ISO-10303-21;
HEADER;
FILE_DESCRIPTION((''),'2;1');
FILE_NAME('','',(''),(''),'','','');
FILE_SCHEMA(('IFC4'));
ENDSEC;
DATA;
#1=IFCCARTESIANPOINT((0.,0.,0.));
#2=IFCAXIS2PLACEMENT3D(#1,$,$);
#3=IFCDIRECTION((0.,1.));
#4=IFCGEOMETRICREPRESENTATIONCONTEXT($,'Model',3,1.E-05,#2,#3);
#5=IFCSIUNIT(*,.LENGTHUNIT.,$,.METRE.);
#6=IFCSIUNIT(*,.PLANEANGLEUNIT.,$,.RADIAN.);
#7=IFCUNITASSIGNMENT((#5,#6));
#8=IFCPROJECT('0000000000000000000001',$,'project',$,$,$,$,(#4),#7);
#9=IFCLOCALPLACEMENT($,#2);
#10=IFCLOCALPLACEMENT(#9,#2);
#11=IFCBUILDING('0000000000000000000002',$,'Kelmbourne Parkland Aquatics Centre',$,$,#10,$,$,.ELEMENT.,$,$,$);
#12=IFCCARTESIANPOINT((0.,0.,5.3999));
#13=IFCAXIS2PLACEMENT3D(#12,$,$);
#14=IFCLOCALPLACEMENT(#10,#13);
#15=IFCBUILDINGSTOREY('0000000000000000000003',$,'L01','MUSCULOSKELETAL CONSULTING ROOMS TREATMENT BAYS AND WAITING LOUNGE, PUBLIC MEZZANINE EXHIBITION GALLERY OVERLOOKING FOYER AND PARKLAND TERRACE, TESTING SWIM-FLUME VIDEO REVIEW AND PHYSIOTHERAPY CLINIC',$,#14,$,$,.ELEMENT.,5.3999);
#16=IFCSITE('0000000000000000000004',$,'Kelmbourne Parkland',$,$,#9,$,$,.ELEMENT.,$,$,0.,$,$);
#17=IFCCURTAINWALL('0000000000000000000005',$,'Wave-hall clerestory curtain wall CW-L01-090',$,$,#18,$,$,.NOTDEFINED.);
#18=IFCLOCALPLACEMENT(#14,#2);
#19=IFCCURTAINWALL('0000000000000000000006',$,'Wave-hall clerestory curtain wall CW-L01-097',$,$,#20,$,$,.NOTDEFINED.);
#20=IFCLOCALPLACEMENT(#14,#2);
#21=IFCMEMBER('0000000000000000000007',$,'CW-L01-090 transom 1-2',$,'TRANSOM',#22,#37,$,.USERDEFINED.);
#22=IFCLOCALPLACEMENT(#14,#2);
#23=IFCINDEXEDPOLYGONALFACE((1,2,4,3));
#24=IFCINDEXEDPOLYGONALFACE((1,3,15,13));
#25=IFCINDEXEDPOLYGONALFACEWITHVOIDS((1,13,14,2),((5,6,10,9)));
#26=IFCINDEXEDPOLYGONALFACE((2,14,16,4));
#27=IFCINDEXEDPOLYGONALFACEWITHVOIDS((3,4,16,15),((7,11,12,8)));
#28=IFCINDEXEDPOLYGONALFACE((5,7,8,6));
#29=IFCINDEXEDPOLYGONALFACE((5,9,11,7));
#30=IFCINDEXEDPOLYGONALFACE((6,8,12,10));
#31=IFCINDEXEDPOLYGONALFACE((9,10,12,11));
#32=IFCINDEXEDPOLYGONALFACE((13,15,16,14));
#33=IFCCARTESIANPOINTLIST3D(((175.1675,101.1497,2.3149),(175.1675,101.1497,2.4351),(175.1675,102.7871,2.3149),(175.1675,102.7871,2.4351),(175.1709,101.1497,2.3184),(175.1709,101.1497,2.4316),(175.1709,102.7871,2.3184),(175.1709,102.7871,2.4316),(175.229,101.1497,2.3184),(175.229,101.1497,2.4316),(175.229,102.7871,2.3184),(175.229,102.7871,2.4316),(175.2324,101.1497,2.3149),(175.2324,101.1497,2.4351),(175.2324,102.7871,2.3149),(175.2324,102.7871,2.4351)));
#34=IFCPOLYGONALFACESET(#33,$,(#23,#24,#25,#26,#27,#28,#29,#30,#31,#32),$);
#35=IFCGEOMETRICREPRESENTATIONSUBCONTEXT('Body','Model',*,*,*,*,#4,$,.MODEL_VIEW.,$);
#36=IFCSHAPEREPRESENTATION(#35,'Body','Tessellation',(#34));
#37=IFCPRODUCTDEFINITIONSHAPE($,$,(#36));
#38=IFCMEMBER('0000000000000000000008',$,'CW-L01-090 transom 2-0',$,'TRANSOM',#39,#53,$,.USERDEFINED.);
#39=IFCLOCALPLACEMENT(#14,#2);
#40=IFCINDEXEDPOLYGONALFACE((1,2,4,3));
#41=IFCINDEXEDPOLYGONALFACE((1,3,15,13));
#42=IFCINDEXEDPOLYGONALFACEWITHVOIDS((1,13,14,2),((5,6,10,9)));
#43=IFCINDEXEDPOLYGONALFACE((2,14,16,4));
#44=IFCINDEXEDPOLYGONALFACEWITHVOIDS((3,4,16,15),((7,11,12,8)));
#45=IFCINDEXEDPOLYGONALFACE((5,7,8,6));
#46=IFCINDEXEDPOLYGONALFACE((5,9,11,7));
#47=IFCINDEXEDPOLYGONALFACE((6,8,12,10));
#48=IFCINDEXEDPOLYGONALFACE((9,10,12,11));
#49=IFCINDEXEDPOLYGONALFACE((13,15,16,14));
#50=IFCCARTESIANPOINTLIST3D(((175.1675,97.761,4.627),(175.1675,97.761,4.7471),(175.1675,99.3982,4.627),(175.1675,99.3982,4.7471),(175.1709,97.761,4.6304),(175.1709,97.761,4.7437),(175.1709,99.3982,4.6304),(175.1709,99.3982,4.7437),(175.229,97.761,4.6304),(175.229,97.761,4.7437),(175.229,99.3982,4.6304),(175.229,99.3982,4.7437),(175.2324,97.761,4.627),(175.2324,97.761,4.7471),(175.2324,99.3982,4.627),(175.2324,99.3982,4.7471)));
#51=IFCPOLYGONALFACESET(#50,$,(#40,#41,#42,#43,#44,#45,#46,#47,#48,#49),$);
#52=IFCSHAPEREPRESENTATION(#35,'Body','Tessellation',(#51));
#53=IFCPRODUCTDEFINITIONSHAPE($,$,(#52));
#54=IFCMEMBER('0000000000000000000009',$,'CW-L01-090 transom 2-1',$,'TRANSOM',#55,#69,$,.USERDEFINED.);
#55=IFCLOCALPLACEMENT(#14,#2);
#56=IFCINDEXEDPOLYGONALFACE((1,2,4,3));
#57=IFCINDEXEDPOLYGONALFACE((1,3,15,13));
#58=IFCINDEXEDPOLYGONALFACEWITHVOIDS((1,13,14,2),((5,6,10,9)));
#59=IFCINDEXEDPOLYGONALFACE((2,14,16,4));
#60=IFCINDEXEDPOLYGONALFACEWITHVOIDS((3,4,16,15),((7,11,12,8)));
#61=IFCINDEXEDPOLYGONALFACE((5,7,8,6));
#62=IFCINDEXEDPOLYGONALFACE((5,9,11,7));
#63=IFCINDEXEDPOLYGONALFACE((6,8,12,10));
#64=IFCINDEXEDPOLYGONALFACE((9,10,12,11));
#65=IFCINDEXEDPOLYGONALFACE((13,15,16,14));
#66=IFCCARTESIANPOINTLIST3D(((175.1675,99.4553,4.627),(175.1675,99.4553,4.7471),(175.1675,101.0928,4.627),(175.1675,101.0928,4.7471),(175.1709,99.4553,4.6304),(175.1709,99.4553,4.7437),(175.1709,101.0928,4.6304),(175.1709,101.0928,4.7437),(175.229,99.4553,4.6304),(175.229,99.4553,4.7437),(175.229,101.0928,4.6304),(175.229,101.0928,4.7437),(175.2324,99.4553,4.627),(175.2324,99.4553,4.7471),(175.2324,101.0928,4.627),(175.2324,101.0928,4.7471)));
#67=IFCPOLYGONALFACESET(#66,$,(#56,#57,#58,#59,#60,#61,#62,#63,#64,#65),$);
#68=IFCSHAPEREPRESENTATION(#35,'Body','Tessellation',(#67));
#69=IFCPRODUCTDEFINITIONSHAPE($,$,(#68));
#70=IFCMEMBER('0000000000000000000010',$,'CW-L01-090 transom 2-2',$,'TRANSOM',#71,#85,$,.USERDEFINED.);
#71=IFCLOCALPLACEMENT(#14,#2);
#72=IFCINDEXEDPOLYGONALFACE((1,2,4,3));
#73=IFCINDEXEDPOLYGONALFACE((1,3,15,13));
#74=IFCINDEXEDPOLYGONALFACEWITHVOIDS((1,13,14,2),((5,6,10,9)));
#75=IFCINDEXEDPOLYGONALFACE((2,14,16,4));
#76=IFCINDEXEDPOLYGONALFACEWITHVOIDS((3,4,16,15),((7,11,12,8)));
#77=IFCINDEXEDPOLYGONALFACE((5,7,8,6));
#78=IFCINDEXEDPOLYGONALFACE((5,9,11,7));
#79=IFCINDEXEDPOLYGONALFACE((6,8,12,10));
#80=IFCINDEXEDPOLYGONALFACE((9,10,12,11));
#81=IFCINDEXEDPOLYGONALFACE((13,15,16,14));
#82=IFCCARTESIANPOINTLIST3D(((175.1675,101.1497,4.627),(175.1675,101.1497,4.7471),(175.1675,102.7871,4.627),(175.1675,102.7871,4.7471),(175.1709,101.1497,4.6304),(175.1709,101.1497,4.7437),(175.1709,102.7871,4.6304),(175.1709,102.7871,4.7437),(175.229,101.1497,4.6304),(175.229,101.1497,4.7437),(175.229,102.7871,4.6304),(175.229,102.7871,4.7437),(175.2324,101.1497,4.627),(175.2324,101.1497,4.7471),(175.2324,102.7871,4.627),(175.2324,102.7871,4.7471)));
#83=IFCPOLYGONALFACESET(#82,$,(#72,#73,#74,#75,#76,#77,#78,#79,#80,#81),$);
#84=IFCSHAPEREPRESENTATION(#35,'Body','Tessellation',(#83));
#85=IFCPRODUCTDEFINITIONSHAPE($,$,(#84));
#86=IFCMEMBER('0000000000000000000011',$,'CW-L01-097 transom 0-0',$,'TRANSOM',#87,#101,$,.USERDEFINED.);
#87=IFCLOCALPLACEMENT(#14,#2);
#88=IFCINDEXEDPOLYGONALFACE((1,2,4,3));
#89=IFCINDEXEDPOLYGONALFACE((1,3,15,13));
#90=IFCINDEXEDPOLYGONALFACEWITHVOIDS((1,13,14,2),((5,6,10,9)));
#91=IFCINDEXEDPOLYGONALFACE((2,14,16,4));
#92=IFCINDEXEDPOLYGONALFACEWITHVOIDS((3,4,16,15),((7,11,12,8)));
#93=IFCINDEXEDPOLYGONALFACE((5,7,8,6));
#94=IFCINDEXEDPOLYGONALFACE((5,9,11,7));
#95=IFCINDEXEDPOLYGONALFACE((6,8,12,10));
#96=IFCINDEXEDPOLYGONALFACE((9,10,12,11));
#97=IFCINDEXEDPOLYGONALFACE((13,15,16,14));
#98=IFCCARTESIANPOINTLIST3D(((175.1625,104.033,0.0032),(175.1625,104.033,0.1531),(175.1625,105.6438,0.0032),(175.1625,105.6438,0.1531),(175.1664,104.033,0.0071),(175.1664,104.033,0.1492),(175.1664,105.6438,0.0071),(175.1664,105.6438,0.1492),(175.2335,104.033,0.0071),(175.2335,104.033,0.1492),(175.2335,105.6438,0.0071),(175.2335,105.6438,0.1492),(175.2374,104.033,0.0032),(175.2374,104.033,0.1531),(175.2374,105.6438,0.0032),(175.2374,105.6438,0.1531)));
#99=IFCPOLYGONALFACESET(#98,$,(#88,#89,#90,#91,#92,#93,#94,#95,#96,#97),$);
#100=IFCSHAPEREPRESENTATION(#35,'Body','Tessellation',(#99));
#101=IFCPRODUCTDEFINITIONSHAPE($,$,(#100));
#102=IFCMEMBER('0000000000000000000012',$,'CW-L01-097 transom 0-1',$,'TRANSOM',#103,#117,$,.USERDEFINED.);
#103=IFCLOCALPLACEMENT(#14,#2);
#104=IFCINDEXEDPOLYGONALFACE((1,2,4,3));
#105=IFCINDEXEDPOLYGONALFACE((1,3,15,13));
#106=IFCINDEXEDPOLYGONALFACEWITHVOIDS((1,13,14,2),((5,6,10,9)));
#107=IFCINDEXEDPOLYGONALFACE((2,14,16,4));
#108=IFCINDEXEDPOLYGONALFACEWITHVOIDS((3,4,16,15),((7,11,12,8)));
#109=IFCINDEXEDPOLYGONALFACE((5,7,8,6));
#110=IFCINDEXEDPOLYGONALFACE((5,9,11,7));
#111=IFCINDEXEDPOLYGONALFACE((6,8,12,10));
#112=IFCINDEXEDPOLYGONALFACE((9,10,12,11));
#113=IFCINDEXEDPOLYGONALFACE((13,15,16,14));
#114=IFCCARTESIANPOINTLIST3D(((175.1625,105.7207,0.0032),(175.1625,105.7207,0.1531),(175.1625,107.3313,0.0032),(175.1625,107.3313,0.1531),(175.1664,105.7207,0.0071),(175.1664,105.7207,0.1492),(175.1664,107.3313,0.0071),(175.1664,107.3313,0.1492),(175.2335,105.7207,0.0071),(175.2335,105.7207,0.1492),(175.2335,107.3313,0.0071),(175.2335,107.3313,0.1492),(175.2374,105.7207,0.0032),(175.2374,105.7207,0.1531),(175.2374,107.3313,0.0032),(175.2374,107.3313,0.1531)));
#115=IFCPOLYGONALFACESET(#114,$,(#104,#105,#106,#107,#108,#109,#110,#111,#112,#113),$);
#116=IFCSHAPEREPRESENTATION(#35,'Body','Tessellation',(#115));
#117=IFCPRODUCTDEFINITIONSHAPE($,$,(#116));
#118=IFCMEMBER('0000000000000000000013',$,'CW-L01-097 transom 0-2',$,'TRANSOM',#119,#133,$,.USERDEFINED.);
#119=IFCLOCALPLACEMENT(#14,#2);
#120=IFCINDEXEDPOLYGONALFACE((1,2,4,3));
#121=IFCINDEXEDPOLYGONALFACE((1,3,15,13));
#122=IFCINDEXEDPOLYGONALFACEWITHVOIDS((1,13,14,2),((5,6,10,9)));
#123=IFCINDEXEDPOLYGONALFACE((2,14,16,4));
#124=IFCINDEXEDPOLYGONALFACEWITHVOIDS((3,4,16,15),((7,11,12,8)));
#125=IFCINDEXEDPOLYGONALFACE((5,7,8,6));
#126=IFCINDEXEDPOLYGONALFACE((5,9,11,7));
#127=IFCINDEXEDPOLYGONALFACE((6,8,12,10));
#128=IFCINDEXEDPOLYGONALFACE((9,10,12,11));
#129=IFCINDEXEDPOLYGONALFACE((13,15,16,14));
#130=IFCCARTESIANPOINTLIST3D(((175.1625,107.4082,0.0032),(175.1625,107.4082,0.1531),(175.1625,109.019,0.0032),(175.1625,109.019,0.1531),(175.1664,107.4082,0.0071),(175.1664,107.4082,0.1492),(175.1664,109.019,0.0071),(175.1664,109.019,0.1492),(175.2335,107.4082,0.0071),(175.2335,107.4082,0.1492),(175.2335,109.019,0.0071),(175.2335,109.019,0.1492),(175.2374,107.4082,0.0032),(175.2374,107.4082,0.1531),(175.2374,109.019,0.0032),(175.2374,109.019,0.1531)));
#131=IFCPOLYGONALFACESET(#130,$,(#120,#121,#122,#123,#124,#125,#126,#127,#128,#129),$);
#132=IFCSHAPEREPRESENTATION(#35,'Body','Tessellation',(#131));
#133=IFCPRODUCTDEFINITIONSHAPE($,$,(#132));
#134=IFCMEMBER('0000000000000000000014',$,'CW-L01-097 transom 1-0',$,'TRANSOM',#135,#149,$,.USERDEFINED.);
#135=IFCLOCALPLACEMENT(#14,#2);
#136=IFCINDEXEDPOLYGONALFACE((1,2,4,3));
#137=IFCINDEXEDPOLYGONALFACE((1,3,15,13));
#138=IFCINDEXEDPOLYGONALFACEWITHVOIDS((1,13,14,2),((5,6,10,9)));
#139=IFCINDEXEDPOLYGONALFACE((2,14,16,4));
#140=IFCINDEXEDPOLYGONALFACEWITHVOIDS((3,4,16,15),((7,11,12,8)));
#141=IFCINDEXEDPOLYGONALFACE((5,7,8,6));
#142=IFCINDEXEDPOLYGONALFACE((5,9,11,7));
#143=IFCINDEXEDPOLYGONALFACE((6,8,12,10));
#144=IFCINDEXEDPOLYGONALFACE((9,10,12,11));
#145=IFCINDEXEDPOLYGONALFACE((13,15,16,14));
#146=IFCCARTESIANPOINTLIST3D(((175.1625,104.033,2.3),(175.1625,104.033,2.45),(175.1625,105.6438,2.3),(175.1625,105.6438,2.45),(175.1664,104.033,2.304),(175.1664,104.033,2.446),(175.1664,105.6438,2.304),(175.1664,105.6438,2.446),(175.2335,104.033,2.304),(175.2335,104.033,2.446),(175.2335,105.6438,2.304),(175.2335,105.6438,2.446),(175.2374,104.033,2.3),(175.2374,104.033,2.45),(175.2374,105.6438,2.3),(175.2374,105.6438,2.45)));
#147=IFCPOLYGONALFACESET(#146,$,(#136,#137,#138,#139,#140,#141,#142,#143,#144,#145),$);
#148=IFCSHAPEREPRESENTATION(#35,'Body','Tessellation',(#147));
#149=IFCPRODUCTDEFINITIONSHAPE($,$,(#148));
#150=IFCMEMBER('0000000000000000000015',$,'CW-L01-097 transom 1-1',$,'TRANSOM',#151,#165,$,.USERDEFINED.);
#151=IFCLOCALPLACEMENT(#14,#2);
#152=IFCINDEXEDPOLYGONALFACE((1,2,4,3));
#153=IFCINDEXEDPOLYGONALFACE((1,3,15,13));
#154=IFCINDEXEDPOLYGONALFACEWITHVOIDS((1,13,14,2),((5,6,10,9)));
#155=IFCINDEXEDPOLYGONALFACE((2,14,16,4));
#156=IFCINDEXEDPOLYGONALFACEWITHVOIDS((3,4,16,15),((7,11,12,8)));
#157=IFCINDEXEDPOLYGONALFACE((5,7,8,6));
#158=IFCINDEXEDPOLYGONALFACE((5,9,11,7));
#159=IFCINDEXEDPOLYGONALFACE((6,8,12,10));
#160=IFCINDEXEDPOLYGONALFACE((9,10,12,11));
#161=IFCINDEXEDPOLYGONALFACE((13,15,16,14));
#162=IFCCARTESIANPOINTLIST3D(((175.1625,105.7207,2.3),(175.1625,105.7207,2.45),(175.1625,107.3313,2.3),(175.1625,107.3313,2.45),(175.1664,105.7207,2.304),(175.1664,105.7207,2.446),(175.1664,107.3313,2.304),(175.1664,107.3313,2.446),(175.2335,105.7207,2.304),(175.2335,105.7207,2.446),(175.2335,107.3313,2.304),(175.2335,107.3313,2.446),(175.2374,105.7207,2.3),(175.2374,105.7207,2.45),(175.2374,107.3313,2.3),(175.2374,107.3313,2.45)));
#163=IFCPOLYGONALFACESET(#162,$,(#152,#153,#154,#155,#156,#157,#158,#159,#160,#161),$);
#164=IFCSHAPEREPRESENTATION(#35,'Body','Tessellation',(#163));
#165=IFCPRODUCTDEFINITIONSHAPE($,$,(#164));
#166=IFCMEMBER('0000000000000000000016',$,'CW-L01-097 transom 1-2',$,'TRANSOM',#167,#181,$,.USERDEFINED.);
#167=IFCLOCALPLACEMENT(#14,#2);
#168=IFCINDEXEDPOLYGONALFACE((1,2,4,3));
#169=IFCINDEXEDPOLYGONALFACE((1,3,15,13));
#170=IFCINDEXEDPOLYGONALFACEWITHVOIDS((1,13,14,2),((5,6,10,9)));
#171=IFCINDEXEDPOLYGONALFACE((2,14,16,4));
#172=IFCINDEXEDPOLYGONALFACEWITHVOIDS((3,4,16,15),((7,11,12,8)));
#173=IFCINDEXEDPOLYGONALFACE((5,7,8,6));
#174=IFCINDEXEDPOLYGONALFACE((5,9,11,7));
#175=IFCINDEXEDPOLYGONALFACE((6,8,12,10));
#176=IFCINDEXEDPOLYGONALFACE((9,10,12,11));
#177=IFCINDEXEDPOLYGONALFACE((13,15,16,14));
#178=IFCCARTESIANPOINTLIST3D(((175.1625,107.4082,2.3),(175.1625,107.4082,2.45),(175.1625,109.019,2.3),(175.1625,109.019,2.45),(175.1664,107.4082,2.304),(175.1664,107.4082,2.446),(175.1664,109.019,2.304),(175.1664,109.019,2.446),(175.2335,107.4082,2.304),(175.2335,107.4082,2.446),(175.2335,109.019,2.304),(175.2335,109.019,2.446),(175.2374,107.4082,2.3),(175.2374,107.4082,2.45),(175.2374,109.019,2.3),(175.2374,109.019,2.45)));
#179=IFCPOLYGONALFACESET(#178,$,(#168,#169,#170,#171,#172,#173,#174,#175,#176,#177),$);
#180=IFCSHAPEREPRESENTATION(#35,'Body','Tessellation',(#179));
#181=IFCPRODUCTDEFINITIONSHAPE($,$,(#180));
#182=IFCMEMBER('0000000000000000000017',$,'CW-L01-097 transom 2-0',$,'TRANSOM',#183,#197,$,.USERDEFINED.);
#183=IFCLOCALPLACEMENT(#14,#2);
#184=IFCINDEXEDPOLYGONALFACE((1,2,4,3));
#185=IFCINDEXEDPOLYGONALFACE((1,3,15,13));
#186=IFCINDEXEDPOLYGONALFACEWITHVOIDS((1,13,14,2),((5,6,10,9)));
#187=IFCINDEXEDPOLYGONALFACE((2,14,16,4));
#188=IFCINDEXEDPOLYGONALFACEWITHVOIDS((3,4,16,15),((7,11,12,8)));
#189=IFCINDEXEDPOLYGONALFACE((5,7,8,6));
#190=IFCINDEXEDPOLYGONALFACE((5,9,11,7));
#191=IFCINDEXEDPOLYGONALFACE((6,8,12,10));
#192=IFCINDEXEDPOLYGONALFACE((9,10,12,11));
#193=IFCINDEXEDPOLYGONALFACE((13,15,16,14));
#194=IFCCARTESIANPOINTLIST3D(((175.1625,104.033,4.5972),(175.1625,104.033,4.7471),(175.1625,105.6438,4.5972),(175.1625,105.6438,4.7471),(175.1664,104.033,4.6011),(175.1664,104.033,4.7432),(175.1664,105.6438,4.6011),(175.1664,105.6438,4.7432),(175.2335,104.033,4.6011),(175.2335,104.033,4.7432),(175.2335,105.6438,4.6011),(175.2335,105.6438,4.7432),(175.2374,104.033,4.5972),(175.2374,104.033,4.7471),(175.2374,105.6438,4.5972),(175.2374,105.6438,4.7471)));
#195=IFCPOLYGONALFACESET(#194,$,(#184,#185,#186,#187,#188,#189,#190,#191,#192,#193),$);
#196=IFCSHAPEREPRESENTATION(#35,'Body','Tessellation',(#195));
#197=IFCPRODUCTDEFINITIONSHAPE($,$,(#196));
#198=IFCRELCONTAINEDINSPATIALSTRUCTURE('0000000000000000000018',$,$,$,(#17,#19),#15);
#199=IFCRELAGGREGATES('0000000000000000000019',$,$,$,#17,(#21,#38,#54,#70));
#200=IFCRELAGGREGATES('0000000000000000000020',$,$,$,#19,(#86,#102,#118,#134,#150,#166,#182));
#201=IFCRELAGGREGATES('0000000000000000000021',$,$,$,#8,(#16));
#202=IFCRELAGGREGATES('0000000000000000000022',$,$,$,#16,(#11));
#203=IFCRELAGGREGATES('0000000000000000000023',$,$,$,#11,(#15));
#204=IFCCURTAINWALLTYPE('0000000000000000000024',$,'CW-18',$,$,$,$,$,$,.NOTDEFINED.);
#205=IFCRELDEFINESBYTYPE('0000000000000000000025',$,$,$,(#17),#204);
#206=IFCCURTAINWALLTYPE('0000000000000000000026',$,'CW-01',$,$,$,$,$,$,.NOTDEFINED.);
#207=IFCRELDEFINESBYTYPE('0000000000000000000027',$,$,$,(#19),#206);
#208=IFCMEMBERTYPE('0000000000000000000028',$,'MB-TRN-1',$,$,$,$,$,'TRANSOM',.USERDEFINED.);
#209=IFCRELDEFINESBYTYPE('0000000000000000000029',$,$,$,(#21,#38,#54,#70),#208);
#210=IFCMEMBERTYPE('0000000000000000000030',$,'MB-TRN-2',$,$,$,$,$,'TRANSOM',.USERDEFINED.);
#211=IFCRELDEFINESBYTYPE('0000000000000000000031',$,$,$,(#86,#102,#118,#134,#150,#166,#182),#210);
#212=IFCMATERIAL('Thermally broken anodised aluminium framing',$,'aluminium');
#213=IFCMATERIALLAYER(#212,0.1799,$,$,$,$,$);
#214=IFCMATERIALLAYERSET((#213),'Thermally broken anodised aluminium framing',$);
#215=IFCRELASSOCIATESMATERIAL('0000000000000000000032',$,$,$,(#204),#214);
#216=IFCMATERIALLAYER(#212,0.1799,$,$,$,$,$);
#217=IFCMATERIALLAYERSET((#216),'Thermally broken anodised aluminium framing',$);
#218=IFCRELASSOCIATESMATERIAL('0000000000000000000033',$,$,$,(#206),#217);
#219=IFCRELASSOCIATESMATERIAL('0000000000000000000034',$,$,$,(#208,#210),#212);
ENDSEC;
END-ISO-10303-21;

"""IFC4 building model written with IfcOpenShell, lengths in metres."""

from ifc_helpers import new_model, si_unit, direction, frame, origin, origin_2d, place, context, subcontext, project, spatial, hollow_rectangle, extrude, material, layer, layer_set, material_profile, profile_set, type_object, element, aggregate, save


model = new_model("IFC4")

# Units and contexts
model_context = context("Model", 3, precision=1e-05, world=origin(), true_north=direction((0.0, 1.0)))
body_context = subcontext(model_context, "Body", "Model", "MODEL_VIEW")
ifc_project = project(units=[si_unit("LENGTHUNIT", "METRE"), si_unit("PLANEANGLEUNIT", "RADIAN")], contexts=[model_context])

# Site, building, storey
site_placement = place(None, origin())
site = spatial("IfcSite", under=ifc_project, at=site_placement, Name="Kelmbourne Parkland", CompositionType="ELEMENT", RefElevation=0.0)
building_placement = place(site_placement, origin())
building = spatial("IfcBuilding", under=site, at=building_placement, Name="Kelmbourne Parkland Aquatics Centre", CompositionType="ELEMENT")
storey_placement = place(building_placement, frame((0.0, 0.0, 5.3999)))
storey = spatial("IfcBuildingStorey", under=building, at=storey_placement, Name="L01", Description="MUSCULOSKELETAL CONSULTING ROOMS TREATMENT BAYS AND WAITING LOUNGE, PUBLIC MEZZANINE EXHIBITION GALLERY OVERLOOKING FOYER AND PARKLAND TERRACE, TESTING SWIM-FLUME VIDEO REVIEW AND PHYSIOTHERAPY CLINIC", CompositionType="ELEMENT", Elevation=5.3999)

# Curtain walls
ifc_material_1 = material(Name="Thermally broken anodised aluminium framing", Category="aluminium")
ifc_layer_1 = layer(ifc_material_1, 0.1799)
ifc_layer_set_1 = layer_set([ifc_layer_1], Name="Thermally broken anodised aluminium framing")
curtain_wall_type_1 = type_object("IfcCurtainWallType", Name="CW-18", PredefinedType="NOTDEFINED", material=ifc_layer_set_1)
curtain_wall_1_placement = place(storey_placement, origin())
curtain_wall_1 = element("IfcCurtainWall", 1, at=curtain_wall_1_placement, inside=storey, type_object=curtain_wall_type_1, Name="Wave-hall clerestory curtain wall CW-L01-090", PredefinedType="NOTDEFINED")
ifc_layer_2 = layer(ifc_material_1, 0.1799)
ifc_layer_set_2 = layer_set([ifc_layer_2], Name="Thermally broken anodised aluminium framing")
curtain_wall_type_2 = type_object("IfcCurtainWallType", Name="CW-01", PredefinedType="NOTDEFINED", material=ifc_layer_set_2)
curtain_wall_2_placement = place(storey_placement, origin())
curtain_wall_2 = element("IfcCurtainWall", 2, at=curtain_wall_2_placement, inside=storey, type_object=curtain_wall_type_2, Name="Wave-hall clerestory curtain wall CW-L01-097", PredefinedType="NOTDEFINED")

# Members
ifc_material_profile_1 = material_profile(ifc_material_1, hollow_rectangle(XDim=0.0649, YDim=0.1201, WallThickness=0.0034, at=origin_2d()), Name="CW-T 65x120")
ifc_profile_set_1 = profile_set([ifc_material_profile_1], Name="Thermally broken anodised aluminium framing")
member_type_1 = type_object("IfcMemberType", Name="MB-TRN-1", ElementType="TRANSOM", PredefinedType="USERDEFINED", material=ifc_profile_set_1)
member_1_placement = place(storey_placement, frame((175.2, 101.1497, 2.375), z_axis=(0.0, 1.0, 0.0), x_axis=(-1.0, 0.0, 0.0)))
member_1 = element("IfcMember", 3, at=member_1_placement, type_object=member_type_1, Name="CW-L01-090 transom 1-2", ObjectType="TRANSOM", PredefinedType="USERDEFINED", context=body_context, shape_type="SweptSolid", body=[
    extrude(hollow_rectangle(XDim=0.0649, YDim=0.1201, WallThickness=0.0034, at=origin_2d()), origin(), (0.0, 0.0, 1.0), 1.6375),
])
member_2_placement = place(storey_placement, frame((175.2, 97.761, 4.687), z_axis=(0.0, 1.0, 0.0), x_axis=(-1.0, 0.0, 0.0)))
member_2 = element("IfcMember", 4, at=member_2_placement, type_object=member_type_1, Name="CW-L01-090 transom 2-0", ObjectType="TRANSOM", PredefinedType="USERDEFINED", context=body_context, shape_type="SweptSolid", body=[
    extrude(hollow_rectangle(XDim=0.0649, YDim=0.1201, WallThickness=0.0034, at=origin_2d()), origin(), (0.0, 0.0, 1.0), 1.6372),
])
member_3_placement = place(storey_placement, frame((175.2, 99.4553, 4.687), z_axis=(0.0, 1.0, 0.0), x_axis=(-1.0, 0.0, 0.0)))
member_3 = element("IfcMember", 5, at=member_3_placement, type_object=member_type_1, Name="CW-L01-090 transom 2-1", ObjectType="TRANSOM", PredefinedType="USERDEFINED", context=body_context, shape_type="SweptSolid", body=[
    extrude(hollow_rectangle(XDim=0.0649, YDim=0.1201, WallThickness=0.0034, at=origin_2d()), origin(), (0.0, 0.0, 1.0), 1.6375),
])
member_4_placement = place(storey_placement, frame((175.2, 101.1497, 4.687), z_axis=(0.0, 1.0, 0.0), x_axis=(-1.0, 0.0, 0.0)))
member_4 = element("IfcMember", 6, at=member_4_placement, type_object=member_type_1, Name="CW-L01-090 transom 2-2", ObjectType="TRANSOM", PredefinedType="USERDEFINED", context=body_context, shape_type="SweptSolid", body=[
    extrude(hollow_rectangle(XDim=0.0649, YDim=0.1201, WallThickness=0.0034, at=origin_2d()), origin(), (0.0, 0.0, 1.0), 1.6375),
])
ifc_material_profile_2 = material_profile(ifc_material_1, hollow_rectangle(XDim=0.075, YDim=0.1499, WallThickness=0.0039, at=origin_2d()), Name="CW-T 75x150")
ifc_profile_set_2 = profile_set([ifc_material_profile_2], Name="Thermally broken anodised aluminium framing")
member_type_2 = type_object("IfcMemberType", Name="MB-TRN-2", ElementType="TRANSOM", PredefinedType="USERDEFINED", material=ifc_profile_set_2)
member_5_placement = place(storey_placement, frame((175.2, 104.033, 0.0781), z_axis=(0.0, 1.0, 0.0), x_axis=(-1.0, 0.0, 0.0)))
member_5 = element("IfcMember", 7, at=member_5_placement, type_object=member_type_2, Name="CW-L01-097 transom 0-0", ObjectType="TRANSOM", PredefinedType="USERDEFINED", context=body_context, shape_type="SweptSolid", body=[
    extrude(hollow_rectangle(XDim=0.075, YDim=0.1499, WallThickness=0.0039, at=origin_2d()), origin(), (0.0, 0.0, 1.0), 1.6108),
])
member_6_placement = place(storey_placement, frame((175.2, 105.7207, 0.0781), z_axis=(0.0, 1.0, 0.0), x_axis=(-1.0, 0.0, 0.0)))
member_6 = element("IfcMember", 8, at=member_6_placement, type_object=member_type_2, Name="CW-L01-097 transom 0-1", ObjectType="TRANSOM", PredefinedType="USERDEFINED", context=body_context, shape_type="SweptSolid", body=[
    extrude(hollow_rectangle(XDim=0.075, YDim=0.1499, WallThickness=0.0039, at=origin_2d()), origin(), (0.0, 0.0, 1.0), 1.6106),
])
member_7_placement = place(storey_placement, frame((175.2, 107.4082, 0.0781), z_axis=(0.0, 1.0, 0.0), x_axis=(-1.0, 0.0, 0.0)))
member_7 = element("IfcMember", 9, at=member_7_placement, type_object=member_type_2, Name="CW-L01-097 transom 0-2", ObjectType="TRANSOM", PredefinedType="USERDEFINED", context=body_context, shape_type="SweptSolid", body=[
    extrude(hollow_rectangle(XDim=0.075, YDim=0.1499, WallThickness=0.0039, at=origin_2d()), origin(), (0.0, 0.0, 1.0), 1.6108),
])
member_8_placement = place(storey_placement, frame((175.2, 104.033, 2.375), z_axis=(0.0, 1.0, 0.0), x_axis=(-1.0, 0.0, 0.0)))
member_8 = element("IfcMember", 10, at=member_8_placement, type_object=member_type_2, Name="CW-L01-097 transom 1-0", ObjectType="TRANSOM", PredefinedType="USERDEFINED", context=body_context, shape_type="SweptSolid", body=[
    extrude(hollow_rectangle(XDim=0.075, YDim=0.1499, WallThickness=0.0039, at=origin_2d()), origin(), (0.0, 0.0, 1.0), 1.6108),
])
member_9_placement = place(storey_placement, frame((175.2, 105.7207, 2.375), z_axis=(0.0, 1.0, 0.0), x_axis=(-1.0, 0.0, 0.0)))
member_9 = element("IfcMember", 11, at=member_9_placement, type_object=member_type_2, Name="CW-L01-097 transom 1-1", ObjectType="TRANSOM", PredefinedType="USERDEFINED", context=body_context, shape_type="SweptSolid", body=[
    extrude(hollow_rectangle(XDim=0.075, YDim=0.1499, WallThickness=0.0039, at=origin_2d()), origin(), (0.0, 0.0, 1.0), 1.6106),
])
member_10_placement = place(storey_placement, frame((175.2, 107.4082, 2.375), z_axis=(0.0, 1.0, 0.0), x_axis=(-1.0, 0.0, 0.0)))
member_10 = element("IfcMember", 12, at=member_10_placement, type_object=member_type_2, Name="CW-L01-097 transom 1-2", ObjectType="TRANSOM", PredefinedType="USERDEFINED", context=body_context, shape_type="SweptSolid", body=[
    extrude(hollow_rectangle(XDim=0.075, YDim=0.1499, WallThickness=0.0039, at=origin_2d()), origin(), (0.0, 0.0, 1.0), 1.6108),
])
member_11_placement = place(storey_placement, frame((175.2, 104.033, 4.6721), z_axis=(0.0, 1.0, 0.0), x_axis=(-1.0, 0.0, 0.0)))
member_11 = element("IfcMember", 13, at=member_11_placement, type_object=member_type_2, Name="CW-L01-097 transom 2-0", ObjectType="TRANSOM", PredefinedType="USERDEFINED", context=body_context, shape_type="SweptSolid", body=[
    extrude(hollow_rectangle(XDim=0.075, YDim=0.1499, WallThickness=0.0039, at=origin_2d()), origin(), (0.0, 0.0, 1.0), 1.6108),
])

aggregate(curtain_wall_1, [member_1, member_2, member_3, member_4])
aggregate(curtain_wall_2, [member_5, member_6, member_7, member_8, member_9, member_10, member_11])

save(model, "model.ifc")
